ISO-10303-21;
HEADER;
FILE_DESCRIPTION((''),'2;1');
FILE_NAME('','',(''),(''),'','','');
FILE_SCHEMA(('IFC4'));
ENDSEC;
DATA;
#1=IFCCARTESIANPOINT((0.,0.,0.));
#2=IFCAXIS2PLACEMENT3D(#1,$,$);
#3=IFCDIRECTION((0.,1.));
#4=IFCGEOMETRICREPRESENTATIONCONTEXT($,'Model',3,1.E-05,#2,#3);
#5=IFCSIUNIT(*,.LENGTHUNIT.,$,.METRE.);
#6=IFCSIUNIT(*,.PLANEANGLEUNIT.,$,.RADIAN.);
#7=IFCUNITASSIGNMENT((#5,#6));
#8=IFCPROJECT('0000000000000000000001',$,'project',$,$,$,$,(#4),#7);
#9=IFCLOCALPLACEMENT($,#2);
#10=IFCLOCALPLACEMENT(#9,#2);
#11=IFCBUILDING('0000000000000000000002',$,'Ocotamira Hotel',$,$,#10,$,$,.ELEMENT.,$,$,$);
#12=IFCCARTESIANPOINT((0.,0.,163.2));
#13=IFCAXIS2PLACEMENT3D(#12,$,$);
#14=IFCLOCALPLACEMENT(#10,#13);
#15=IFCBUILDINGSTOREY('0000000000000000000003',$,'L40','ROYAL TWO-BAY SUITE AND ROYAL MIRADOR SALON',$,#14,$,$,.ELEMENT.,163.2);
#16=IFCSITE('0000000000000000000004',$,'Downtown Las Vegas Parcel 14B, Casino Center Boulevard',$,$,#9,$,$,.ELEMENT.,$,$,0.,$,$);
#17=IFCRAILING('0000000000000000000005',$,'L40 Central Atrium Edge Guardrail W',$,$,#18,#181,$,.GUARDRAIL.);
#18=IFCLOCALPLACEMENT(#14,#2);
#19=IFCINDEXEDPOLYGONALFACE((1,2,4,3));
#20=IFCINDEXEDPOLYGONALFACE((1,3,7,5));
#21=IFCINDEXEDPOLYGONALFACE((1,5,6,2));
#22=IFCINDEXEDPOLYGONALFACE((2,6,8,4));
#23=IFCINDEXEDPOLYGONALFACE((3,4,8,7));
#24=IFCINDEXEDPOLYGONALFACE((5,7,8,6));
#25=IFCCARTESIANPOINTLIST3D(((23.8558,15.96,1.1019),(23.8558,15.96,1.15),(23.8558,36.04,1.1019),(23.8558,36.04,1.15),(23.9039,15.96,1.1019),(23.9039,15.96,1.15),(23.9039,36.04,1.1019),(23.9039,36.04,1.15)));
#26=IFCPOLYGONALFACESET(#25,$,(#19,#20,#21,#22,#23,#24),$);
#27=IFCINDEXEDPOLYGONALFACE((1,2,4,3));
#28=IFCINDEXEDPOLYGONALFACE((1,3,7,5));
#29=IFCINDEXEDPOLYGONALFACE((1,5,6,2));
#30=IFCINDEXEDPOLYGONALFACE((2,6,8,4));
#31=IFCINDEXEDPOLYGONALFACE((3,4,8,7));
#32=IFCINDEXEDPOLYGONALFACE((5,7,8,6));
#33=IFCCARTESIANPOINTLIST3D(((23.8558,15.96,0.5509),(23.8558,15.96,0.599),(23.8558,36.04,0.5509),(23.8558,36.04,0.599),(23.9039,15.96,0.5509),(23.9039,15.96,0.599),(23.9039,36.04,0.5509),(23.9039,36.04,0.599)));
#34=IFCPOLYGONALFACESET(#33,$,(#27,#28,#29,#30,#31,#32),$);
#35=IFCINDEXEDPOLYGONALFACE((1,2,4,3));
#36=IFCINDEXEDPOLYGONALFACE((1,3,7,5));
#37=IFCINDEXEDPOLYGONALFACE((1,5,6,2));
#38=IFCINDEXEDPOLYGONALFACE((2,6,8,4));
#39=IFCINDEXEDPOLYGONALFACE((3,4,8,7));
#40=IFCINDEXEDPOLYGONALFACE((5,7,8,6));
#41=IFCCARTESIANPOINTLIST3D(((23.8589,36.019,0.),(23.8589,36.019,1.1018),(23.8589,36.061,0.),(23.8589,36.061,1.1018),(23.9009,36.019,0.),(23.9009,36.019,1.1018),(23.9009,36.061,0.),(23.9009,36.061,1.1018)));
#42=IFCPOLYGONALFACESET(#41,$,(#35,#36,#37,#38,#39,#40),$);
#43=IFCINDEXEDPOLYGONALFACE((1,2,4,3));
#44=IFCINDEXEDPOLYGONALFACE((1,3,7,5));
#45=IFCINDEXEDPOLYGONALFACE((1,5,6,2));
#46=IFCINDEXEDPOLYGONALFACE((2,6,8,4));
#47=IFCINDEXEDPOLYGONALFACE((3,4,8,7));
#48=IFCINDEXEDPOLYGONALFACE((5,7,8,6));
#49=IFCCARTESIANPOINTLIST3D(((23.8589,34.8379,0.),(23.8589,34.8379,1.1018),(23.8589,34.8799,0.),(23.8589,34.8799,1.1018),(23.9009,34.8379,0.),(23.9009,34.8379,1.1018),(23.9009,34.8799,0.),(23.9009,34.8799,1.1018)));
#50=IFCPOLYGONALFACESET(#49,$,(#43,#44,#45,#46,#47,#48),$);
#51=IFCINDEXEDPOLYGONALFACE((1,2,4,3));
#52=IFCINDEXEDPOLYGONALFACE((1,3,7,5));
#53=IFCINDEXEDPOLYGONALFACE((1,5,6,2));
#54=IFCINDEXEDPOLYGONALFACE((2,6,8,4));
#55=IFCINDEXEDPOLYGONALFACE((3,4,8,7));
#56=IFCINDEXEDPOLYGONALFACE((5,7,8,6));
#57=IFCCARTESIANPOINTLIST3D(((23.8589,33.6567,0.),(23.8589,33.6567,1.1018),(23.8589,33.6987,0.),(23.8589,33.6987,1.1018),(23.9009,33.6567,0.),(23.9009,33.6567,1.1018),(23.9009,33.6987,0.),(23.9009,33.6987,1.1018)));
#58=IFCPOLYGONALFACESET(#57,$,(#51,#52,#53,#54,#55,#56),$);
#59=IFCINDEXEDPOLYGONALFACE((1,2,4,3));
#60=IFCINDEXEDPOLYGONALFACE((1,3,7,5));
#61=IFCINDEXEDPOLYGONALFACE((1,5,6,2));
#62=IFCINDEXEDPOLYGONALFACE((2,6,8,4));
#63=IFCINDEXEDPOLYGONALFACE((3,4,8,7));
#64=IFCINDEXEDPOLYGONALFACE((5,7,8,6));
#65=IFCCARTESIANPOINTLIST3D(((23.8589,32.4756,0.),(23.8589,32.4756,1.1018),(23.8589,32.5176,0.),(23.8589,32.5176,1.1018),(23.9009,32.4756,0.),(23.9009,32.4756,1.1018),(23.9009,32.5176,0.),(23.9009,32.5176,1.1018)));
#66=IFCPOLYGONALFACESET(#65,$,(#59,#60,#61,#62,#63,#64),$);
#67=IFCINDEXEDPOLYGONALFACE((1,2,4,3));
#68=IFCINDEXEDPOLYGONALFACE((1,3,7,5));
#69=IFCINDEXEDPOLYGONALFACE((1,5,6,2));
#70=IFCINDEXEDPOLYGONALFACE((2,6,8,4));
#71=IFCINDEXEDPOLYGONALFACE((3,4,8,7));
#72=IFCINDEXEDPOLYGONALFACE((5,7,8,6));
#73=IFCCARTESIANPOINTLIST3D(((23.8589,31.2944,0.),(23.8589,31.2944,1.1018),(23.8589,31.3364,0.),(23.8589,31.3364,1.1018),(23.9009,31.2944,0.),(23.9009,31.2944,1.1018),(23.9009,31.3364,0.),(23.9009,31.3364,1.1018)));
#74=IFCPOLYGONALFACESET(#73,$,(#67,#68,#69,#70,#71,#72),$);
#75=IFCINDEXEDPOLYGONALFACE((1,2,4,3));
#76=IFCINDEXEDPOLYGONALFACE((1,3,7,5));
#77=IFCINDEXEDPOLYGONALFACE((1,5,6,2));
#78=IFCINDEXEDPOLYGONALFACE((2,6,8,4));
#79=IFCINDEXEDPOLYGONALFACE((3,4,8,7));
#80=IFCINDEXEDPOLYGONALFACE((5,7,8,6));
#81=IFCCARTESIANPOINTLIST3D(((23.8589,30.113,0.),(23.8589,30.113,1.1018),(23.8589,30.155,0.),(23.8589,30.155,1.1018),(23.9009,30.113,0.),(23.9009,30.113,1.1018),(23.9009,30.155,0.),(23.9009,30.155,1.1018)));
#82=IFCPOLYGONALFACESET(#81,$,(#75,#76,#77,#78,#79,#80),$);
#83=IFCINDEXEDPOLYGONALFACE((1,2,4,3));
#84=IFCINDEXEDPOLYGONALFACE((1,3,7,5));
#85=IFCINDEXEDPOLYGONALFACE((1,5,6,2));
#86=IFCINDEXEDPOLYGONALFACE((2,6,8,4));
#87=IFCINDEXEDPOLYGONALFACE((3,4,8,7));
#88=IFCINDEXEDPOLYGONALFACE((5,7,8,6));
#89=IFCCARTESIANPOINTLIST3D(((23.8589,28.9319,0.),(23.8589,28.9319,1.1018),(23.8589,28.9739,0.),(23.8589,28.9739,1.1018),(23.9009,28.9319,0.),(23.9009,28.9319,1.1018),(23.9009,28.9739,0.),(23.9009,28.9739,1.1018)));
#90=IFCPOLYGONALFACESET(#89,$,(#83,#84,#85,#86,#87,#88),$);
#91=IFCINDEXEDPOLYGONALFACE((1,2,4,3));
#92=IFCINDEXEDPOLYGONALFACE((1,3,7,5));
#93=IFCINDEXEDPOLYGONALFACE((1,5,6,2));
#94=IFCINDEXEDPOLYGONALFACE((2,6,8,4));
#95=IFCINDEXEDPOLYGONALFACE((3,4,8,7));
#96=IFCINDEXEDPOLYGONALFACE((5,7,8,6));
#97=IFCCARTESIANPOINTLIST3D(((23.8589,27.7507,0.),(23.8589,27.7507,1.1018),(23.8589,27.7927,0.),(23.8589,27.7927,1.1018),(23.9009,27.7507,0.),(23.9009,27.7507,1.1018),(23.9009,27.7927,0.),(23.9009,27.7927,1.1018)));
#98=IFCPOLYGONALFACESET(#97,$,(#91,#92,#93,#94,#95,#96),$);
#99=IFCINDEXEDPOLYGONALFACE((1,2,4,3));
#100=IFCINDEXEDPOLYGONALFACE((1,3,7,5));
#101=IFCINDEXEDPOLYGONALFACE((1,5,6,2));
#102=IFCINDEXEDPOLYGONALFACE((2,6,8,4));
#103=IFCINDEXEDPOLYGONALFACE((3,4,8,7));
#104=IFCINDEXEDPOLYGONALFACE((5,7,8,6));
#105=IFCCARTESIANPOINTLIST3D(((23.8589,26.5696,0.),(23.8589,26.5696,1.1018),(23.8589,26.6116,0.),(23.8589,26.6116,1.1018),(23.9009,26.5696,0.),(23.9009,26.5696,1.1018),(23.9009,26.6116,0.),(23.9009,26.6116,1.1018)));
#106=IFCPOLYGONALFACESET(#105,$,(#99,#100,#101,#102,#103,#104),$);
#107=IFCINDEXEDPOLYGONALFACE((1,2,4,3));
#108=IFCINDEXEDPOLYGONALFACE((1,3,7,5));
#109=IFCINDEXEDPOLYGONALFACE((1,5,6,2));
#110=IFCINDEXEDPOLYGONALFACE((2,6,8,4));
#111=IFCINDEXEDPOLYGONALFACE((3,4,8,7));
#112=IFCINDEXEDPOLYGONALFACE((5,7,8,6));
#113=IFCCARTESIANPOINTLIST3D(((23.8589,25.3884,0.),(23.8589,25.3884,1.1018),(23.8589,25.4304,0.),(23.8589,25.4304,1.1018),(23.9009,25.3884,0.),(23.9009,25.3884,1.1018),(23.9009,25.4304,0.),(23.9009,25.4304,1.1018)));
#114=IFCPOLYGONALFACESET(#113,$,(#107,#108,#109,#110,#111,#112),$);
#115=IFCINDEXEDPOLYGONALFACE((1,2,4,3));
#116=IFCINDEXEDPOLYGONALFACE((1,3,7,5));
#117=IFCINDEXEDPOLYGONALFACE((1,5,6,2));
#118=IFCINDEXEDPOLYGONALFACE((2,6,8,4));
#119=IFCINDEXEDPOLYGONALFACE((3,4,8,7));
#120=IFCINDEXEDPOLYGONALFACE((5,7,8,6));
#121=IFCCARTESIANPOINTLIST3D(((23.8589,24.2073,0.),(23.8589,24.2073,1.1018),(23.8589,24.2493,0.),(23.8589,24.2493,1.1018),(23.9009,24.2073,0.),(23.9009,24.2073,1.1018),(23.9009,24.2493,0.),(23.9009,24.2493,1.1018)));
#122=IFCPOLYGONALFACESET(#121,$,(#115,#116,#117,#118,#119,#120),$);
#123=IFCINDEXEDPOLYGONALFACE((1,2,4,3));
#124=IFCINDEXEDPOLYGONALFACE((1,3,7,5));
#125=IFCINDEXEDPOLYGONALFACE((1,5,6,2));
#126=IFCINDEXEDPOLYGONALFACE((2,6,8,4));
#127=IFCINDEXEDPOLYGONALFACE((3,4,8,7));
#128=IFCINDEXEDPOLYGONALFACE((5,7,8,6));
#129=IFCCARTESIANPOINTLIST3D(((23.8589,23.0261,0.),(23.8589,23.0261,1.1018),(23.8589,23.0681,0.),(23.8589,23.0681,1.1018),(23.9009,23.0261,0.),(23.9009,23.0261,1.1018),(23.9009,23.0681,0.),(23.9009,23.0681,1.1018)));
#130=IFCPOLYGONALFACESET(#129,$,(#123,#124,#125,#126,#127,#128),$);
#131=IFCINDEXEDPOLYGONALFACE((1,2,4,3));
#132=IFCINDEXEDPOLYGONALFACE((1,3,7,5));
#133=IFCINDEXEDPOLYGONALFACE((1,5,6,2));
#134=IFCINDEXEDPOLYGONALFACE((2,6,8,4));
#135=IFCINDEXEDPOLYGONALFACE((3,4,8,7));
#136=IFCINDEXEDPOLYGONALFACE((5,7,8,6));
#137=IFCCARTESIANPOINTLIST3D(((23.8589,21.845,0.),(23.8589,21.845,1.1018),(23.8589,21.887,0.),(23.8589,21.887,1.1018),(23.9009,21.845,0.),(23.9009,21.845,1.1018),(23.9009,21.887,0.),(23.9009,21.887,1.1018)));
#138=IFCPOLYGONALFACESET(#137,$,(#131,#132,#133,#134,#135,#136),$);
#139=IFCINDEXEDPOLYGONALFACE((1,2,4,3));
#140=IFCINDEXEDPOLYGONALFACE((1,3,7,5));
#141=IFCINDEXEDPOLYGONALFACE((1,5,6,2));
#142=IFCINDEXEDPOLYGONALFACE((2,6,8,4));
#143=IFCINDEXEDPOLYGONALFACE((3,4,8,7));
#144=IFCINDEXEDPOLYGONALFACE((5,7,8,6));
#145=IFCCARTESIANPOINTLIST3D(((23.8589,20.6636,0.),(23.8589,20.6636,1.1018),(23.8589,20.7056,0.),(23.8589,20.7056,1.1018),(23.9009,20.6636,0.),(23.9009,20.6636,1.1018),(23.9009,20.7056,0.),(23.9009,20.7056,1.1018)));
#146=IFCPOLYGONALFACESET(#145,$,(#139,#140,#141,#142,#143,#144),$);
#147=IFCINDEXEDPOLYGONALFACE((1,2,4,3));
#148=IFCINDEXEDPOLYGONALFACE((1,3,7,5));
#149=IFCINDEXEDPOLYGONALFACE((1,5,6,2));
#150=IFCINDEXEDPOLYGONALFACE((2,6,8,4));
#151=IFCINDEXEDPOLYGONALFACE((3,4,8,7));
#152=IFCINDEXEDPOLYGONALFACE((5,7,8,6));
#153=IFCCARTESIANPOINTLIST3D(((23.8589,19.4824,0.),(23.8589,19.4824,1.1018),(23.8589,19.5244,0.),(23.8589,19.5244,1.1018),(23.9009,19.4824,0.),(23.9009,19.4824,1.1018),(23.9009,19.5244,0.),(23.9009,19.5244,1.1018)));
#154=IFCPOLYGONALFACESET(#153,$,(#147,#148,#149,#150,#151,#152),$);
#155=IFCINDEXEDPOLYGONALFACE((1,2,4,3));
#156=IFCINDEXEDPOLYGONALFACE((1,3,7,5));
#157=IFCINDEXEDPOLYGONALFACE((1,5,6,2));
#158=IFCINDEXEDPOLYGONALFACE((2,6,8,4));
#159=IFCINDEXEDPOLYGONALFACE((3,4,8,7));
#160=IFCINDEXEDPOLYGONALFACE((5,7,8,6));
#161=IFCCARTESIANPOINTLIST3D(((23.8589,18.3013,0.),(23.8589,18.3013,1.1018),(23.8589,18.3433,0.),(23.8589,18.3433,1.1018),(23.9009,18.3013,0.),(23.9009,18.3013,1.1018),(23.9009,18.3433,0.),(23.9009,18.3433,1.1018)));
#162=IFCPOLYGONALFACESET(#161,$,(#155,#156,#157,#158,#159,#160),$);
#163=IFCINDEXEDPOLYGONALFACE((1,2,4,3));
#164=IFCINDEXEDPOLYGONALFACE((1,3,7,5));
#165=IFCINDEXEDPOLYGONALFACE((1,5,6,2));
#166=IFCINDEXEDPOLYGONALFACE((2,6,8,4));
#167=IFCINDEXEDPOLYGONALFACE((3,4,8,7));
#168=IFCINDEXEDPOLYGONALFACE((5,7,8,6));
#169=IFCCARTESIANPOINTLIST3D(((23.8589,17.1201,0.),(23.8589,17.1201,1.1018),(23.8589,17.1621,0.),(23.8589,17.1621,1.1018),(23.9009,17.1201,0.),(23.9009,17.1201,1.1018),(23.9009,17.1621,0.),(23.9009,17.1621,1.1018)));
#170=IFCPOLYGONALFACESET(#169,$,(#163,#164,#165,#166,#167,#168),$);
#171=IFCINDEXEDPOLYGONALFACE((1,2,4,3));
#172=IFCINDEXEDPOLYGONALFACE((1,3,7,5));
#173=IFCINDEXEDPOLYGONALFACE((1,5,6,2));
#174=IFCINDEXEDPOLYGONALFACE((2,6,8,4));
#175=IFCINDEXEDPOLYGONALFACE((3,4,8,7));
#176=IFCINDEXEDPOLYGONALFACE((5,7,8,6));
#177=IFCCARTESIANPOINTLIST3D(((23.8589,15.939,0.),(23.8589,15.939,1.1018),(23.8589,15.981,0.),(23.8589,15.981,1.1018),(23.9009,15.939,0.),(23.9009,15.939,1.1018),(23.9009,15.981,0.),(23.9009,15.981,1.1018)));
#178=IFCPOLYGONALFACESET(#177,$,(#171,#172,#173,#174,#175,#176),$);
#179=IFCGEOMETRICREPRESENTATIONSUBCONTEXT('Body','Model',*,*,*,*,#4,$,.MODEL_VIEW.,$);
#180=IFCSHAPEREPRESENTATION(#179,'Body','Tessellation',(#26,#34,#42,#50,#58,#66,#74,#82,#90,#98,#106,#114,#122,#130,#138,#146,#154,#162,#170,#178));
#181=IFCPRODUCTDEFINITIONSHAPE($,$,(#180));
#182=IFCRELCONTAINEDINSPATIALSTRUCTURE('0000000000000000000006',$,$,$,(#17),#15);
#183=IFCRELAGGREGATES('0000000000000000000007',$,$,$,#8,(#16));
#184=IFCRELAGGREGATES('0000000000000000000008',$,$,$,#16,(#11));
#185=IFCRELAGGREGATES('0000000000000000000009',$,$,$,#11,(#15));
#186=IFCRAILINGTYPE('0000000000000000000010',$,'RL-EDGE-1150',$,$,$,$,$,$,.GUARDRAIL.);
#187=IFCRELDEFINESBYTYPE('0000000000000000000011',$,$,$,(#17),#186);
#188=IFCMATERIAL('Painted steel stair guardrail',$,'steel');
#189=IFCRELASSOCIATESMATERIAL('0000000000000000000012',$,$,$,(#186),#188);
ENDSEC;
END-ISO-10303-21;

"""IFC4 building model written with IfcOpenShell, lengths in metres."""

from ifc_helpers import new_model, si_unit, direction, frame, origin, origin_2d, place, context, subcontext, project, spatial, rectangle, extrude, material, type_object, element, save


model = new_model("IFC4")

# Units and contexts
model_context = context("Model", 3, precision=1e-05, world=origin(), true_north=direction((0.0, 1.0)))
body_context = subcontext(model_context, "Body", "Model", "MODEL_VIEW")
ifc_project = project(units=[si_unit("LENGTHUNIT", "METRE"), si_unit("PLANEANGLEUNIT", "RADIAN")], contexts=[model_context])

# Site, building, storey
site_placement = place(None, origin())
site = spatial("IfcSite", under=ifc_project, at=site_placement, Name="Downtown Las Vegas Parcel 14B, Casino Center Boulevard", CompositionType="ELEMENT", RefElevation=0.0)
building_placement = place(site_placement, origin())
building = spatial("IfcBuilding", under=site, at=building_placement, Name="Ocotamira Hotel", CompositionType="ELEMENT")
storey_placement = place(building_placement, frame((0.0, 0.0, 163.2)))
storey = spatial("IfcBuildingStorey", under=building, at=storey_placement, Name="L40", Description="ROYAL TWO-BAY SUITE AND ROYAL MIRADOR SALON", CompositionType="ELEMENT", Elevation=163.2)

# Railing
ifc_material_1 = material(Name="Painted steel stair guardrail", Category="steel")
railing_type = type_object("IfcRailingType", Name="RL-EDGE-1150", PredefinedType="GUARDRAIL", material=ifc_material_1)
railing_placement = place(storey_placement, frame((23.8799, 36.04, 0.0)))
element("IfcRailing", 1, at=railing_placement, inside=storey, type_object=railing_type, Name="L40 Central Atrium Edge Guardrail W", PredefinedType="GUARDRAIL", context=body_context, shape_type="SweptSolid", body=[
    extrude(rectangle(XDim=0.0481, YDim=0.0481, at=origin_2d()), frame((0.0, 0.0, 1.126), z_axis=(0.0, -1.0, 0.0), x_axis=(1.0, 0.0, 0.0)), (0.0, 0.0, 1.0), 20.0801),
    extrude(rectangle(XDim=0.0481, YDim=0.0481, at=origin_2d()), frame((0.0, 0.0, 0.575), z_axis=(0.0, -1.0, 0.0), x_axis=(1.0, 0.0, 0.0)), (0.0, 0.0, 1.0), 20.0801),
    extrude(rectangle(XDim=0.042, YDim=0.042, at=origin_2d()), origin(), (0.0, 0.0, 1.0), 1.1018),
    extrude(rectangle(XDim=0.042, YDim=0.042, at=origin_2d()), frame((0.0, -1.1812, 0.0)), (0.0, 0.0, 1.0), 1.1018),
    extrude(rectangle(XDim=0.042, YDim=0.042, at=origin_2d()), frame((0.0, -2.3623, 0.0)), (0.0, 0.0, 1.0), 1.1018),
    extrude(rectangle(XDim=0.042, YDim=0.042, at=origin_2d()), frame((0.0, -3.5435, 0.0)), (0.0, 0.0, 1.0), 1.1018),
    extrude(rectangle(XDim=0.042, YDim=0.042, at=origin_2d()), frame((0.0, -4.7246, 0.0)), (0.0, 0.0, 1.0), 1.1018),
    extrude(rectangle(XDim=0.042, YDim=0.042, at=origin_2d()), frame((0.0, -5.906, 0.0)), (0.0, 0.0, 1.0), 1.1018),
    extrude(rectangle(XDim=0.042, YDim=0.042, at=origin_2d()), frame((0.0, -7.0872, 0.0)), (0.0, 0.0, 1.0), 1.1018),
    extrude(rectangle(XDim=0.042, YDim=0.042, at=origin_2d()), frame((0.0, -8.2683, 0.0)), (0.0, 0.0, 1.0), 1.1018),
    extrude(rectangle(XDim=0.042, YDim=0.042, at=origin_2d()), frame((0.0, -9.4495, 0.0)), (0.0, 0.0, 1.0), 1.1018),
    extrude(rectangle(XDim=0.042, YDim=0.042, at=origin_2d()), frame((0.0, -10.6306, 0.0)), (0.0, 0.0, 1.0), 1.1018),
    extrude(rectangle(XDim=0.042, YDim=0.042, at=origin_2d()), frame((0.0, -11.8118, 0.0)), (0.0, 0.0, 1.0), 1.1018),
    extrude(rectangle(XDim=0.042, YDim=0.042, at=origin_2d()), frame((0.0, -12.9929, 0.0)), (0.0, 0.0, 1.0), 1.1018),
    extrude(rectangle(XDim=0.042, YDim=0.042, at=origin_2d()), frame((0.0, -14.1741, 0.0)), (0.0, 0.0, 1.0), 1.1018),
    extrude(rectangle(XDim=0.042, YDim=0.042, at=origin_2d()), frame((0.0, -15.3555, 0.0)), (0.0, 0.0, 1.0), 1.1018),
    extrude(rectangle(XDim=0.042, YDim=0.042, at=origin_2d()), frame((0.0, -16.5366, 0.0)), (0.0, 0.0, 1.0), 1.1018),
    extrude(rectangle(XDim=0.042, YDim=0.042, at=origin_2d()), frame((0.0, -17.7178, 0.0)), (0.0, 0.0, 1.0), 1.1018),
    extrude(rectangle(XDim=0.042, YDim=0.042, at=origin_2d()), frame((0.0, -18.8989, 0.0)), (0.0, 0.0, 1.0), 1.1018),
    extrude(rectangle(XDim=0.042, YDim=0.042, at=origin_2d()), frame((0.0, -20.0801, 0.0)), (0.0, 0.0, 1.0), 1.1018),
])

save(model, "model.ifc")
